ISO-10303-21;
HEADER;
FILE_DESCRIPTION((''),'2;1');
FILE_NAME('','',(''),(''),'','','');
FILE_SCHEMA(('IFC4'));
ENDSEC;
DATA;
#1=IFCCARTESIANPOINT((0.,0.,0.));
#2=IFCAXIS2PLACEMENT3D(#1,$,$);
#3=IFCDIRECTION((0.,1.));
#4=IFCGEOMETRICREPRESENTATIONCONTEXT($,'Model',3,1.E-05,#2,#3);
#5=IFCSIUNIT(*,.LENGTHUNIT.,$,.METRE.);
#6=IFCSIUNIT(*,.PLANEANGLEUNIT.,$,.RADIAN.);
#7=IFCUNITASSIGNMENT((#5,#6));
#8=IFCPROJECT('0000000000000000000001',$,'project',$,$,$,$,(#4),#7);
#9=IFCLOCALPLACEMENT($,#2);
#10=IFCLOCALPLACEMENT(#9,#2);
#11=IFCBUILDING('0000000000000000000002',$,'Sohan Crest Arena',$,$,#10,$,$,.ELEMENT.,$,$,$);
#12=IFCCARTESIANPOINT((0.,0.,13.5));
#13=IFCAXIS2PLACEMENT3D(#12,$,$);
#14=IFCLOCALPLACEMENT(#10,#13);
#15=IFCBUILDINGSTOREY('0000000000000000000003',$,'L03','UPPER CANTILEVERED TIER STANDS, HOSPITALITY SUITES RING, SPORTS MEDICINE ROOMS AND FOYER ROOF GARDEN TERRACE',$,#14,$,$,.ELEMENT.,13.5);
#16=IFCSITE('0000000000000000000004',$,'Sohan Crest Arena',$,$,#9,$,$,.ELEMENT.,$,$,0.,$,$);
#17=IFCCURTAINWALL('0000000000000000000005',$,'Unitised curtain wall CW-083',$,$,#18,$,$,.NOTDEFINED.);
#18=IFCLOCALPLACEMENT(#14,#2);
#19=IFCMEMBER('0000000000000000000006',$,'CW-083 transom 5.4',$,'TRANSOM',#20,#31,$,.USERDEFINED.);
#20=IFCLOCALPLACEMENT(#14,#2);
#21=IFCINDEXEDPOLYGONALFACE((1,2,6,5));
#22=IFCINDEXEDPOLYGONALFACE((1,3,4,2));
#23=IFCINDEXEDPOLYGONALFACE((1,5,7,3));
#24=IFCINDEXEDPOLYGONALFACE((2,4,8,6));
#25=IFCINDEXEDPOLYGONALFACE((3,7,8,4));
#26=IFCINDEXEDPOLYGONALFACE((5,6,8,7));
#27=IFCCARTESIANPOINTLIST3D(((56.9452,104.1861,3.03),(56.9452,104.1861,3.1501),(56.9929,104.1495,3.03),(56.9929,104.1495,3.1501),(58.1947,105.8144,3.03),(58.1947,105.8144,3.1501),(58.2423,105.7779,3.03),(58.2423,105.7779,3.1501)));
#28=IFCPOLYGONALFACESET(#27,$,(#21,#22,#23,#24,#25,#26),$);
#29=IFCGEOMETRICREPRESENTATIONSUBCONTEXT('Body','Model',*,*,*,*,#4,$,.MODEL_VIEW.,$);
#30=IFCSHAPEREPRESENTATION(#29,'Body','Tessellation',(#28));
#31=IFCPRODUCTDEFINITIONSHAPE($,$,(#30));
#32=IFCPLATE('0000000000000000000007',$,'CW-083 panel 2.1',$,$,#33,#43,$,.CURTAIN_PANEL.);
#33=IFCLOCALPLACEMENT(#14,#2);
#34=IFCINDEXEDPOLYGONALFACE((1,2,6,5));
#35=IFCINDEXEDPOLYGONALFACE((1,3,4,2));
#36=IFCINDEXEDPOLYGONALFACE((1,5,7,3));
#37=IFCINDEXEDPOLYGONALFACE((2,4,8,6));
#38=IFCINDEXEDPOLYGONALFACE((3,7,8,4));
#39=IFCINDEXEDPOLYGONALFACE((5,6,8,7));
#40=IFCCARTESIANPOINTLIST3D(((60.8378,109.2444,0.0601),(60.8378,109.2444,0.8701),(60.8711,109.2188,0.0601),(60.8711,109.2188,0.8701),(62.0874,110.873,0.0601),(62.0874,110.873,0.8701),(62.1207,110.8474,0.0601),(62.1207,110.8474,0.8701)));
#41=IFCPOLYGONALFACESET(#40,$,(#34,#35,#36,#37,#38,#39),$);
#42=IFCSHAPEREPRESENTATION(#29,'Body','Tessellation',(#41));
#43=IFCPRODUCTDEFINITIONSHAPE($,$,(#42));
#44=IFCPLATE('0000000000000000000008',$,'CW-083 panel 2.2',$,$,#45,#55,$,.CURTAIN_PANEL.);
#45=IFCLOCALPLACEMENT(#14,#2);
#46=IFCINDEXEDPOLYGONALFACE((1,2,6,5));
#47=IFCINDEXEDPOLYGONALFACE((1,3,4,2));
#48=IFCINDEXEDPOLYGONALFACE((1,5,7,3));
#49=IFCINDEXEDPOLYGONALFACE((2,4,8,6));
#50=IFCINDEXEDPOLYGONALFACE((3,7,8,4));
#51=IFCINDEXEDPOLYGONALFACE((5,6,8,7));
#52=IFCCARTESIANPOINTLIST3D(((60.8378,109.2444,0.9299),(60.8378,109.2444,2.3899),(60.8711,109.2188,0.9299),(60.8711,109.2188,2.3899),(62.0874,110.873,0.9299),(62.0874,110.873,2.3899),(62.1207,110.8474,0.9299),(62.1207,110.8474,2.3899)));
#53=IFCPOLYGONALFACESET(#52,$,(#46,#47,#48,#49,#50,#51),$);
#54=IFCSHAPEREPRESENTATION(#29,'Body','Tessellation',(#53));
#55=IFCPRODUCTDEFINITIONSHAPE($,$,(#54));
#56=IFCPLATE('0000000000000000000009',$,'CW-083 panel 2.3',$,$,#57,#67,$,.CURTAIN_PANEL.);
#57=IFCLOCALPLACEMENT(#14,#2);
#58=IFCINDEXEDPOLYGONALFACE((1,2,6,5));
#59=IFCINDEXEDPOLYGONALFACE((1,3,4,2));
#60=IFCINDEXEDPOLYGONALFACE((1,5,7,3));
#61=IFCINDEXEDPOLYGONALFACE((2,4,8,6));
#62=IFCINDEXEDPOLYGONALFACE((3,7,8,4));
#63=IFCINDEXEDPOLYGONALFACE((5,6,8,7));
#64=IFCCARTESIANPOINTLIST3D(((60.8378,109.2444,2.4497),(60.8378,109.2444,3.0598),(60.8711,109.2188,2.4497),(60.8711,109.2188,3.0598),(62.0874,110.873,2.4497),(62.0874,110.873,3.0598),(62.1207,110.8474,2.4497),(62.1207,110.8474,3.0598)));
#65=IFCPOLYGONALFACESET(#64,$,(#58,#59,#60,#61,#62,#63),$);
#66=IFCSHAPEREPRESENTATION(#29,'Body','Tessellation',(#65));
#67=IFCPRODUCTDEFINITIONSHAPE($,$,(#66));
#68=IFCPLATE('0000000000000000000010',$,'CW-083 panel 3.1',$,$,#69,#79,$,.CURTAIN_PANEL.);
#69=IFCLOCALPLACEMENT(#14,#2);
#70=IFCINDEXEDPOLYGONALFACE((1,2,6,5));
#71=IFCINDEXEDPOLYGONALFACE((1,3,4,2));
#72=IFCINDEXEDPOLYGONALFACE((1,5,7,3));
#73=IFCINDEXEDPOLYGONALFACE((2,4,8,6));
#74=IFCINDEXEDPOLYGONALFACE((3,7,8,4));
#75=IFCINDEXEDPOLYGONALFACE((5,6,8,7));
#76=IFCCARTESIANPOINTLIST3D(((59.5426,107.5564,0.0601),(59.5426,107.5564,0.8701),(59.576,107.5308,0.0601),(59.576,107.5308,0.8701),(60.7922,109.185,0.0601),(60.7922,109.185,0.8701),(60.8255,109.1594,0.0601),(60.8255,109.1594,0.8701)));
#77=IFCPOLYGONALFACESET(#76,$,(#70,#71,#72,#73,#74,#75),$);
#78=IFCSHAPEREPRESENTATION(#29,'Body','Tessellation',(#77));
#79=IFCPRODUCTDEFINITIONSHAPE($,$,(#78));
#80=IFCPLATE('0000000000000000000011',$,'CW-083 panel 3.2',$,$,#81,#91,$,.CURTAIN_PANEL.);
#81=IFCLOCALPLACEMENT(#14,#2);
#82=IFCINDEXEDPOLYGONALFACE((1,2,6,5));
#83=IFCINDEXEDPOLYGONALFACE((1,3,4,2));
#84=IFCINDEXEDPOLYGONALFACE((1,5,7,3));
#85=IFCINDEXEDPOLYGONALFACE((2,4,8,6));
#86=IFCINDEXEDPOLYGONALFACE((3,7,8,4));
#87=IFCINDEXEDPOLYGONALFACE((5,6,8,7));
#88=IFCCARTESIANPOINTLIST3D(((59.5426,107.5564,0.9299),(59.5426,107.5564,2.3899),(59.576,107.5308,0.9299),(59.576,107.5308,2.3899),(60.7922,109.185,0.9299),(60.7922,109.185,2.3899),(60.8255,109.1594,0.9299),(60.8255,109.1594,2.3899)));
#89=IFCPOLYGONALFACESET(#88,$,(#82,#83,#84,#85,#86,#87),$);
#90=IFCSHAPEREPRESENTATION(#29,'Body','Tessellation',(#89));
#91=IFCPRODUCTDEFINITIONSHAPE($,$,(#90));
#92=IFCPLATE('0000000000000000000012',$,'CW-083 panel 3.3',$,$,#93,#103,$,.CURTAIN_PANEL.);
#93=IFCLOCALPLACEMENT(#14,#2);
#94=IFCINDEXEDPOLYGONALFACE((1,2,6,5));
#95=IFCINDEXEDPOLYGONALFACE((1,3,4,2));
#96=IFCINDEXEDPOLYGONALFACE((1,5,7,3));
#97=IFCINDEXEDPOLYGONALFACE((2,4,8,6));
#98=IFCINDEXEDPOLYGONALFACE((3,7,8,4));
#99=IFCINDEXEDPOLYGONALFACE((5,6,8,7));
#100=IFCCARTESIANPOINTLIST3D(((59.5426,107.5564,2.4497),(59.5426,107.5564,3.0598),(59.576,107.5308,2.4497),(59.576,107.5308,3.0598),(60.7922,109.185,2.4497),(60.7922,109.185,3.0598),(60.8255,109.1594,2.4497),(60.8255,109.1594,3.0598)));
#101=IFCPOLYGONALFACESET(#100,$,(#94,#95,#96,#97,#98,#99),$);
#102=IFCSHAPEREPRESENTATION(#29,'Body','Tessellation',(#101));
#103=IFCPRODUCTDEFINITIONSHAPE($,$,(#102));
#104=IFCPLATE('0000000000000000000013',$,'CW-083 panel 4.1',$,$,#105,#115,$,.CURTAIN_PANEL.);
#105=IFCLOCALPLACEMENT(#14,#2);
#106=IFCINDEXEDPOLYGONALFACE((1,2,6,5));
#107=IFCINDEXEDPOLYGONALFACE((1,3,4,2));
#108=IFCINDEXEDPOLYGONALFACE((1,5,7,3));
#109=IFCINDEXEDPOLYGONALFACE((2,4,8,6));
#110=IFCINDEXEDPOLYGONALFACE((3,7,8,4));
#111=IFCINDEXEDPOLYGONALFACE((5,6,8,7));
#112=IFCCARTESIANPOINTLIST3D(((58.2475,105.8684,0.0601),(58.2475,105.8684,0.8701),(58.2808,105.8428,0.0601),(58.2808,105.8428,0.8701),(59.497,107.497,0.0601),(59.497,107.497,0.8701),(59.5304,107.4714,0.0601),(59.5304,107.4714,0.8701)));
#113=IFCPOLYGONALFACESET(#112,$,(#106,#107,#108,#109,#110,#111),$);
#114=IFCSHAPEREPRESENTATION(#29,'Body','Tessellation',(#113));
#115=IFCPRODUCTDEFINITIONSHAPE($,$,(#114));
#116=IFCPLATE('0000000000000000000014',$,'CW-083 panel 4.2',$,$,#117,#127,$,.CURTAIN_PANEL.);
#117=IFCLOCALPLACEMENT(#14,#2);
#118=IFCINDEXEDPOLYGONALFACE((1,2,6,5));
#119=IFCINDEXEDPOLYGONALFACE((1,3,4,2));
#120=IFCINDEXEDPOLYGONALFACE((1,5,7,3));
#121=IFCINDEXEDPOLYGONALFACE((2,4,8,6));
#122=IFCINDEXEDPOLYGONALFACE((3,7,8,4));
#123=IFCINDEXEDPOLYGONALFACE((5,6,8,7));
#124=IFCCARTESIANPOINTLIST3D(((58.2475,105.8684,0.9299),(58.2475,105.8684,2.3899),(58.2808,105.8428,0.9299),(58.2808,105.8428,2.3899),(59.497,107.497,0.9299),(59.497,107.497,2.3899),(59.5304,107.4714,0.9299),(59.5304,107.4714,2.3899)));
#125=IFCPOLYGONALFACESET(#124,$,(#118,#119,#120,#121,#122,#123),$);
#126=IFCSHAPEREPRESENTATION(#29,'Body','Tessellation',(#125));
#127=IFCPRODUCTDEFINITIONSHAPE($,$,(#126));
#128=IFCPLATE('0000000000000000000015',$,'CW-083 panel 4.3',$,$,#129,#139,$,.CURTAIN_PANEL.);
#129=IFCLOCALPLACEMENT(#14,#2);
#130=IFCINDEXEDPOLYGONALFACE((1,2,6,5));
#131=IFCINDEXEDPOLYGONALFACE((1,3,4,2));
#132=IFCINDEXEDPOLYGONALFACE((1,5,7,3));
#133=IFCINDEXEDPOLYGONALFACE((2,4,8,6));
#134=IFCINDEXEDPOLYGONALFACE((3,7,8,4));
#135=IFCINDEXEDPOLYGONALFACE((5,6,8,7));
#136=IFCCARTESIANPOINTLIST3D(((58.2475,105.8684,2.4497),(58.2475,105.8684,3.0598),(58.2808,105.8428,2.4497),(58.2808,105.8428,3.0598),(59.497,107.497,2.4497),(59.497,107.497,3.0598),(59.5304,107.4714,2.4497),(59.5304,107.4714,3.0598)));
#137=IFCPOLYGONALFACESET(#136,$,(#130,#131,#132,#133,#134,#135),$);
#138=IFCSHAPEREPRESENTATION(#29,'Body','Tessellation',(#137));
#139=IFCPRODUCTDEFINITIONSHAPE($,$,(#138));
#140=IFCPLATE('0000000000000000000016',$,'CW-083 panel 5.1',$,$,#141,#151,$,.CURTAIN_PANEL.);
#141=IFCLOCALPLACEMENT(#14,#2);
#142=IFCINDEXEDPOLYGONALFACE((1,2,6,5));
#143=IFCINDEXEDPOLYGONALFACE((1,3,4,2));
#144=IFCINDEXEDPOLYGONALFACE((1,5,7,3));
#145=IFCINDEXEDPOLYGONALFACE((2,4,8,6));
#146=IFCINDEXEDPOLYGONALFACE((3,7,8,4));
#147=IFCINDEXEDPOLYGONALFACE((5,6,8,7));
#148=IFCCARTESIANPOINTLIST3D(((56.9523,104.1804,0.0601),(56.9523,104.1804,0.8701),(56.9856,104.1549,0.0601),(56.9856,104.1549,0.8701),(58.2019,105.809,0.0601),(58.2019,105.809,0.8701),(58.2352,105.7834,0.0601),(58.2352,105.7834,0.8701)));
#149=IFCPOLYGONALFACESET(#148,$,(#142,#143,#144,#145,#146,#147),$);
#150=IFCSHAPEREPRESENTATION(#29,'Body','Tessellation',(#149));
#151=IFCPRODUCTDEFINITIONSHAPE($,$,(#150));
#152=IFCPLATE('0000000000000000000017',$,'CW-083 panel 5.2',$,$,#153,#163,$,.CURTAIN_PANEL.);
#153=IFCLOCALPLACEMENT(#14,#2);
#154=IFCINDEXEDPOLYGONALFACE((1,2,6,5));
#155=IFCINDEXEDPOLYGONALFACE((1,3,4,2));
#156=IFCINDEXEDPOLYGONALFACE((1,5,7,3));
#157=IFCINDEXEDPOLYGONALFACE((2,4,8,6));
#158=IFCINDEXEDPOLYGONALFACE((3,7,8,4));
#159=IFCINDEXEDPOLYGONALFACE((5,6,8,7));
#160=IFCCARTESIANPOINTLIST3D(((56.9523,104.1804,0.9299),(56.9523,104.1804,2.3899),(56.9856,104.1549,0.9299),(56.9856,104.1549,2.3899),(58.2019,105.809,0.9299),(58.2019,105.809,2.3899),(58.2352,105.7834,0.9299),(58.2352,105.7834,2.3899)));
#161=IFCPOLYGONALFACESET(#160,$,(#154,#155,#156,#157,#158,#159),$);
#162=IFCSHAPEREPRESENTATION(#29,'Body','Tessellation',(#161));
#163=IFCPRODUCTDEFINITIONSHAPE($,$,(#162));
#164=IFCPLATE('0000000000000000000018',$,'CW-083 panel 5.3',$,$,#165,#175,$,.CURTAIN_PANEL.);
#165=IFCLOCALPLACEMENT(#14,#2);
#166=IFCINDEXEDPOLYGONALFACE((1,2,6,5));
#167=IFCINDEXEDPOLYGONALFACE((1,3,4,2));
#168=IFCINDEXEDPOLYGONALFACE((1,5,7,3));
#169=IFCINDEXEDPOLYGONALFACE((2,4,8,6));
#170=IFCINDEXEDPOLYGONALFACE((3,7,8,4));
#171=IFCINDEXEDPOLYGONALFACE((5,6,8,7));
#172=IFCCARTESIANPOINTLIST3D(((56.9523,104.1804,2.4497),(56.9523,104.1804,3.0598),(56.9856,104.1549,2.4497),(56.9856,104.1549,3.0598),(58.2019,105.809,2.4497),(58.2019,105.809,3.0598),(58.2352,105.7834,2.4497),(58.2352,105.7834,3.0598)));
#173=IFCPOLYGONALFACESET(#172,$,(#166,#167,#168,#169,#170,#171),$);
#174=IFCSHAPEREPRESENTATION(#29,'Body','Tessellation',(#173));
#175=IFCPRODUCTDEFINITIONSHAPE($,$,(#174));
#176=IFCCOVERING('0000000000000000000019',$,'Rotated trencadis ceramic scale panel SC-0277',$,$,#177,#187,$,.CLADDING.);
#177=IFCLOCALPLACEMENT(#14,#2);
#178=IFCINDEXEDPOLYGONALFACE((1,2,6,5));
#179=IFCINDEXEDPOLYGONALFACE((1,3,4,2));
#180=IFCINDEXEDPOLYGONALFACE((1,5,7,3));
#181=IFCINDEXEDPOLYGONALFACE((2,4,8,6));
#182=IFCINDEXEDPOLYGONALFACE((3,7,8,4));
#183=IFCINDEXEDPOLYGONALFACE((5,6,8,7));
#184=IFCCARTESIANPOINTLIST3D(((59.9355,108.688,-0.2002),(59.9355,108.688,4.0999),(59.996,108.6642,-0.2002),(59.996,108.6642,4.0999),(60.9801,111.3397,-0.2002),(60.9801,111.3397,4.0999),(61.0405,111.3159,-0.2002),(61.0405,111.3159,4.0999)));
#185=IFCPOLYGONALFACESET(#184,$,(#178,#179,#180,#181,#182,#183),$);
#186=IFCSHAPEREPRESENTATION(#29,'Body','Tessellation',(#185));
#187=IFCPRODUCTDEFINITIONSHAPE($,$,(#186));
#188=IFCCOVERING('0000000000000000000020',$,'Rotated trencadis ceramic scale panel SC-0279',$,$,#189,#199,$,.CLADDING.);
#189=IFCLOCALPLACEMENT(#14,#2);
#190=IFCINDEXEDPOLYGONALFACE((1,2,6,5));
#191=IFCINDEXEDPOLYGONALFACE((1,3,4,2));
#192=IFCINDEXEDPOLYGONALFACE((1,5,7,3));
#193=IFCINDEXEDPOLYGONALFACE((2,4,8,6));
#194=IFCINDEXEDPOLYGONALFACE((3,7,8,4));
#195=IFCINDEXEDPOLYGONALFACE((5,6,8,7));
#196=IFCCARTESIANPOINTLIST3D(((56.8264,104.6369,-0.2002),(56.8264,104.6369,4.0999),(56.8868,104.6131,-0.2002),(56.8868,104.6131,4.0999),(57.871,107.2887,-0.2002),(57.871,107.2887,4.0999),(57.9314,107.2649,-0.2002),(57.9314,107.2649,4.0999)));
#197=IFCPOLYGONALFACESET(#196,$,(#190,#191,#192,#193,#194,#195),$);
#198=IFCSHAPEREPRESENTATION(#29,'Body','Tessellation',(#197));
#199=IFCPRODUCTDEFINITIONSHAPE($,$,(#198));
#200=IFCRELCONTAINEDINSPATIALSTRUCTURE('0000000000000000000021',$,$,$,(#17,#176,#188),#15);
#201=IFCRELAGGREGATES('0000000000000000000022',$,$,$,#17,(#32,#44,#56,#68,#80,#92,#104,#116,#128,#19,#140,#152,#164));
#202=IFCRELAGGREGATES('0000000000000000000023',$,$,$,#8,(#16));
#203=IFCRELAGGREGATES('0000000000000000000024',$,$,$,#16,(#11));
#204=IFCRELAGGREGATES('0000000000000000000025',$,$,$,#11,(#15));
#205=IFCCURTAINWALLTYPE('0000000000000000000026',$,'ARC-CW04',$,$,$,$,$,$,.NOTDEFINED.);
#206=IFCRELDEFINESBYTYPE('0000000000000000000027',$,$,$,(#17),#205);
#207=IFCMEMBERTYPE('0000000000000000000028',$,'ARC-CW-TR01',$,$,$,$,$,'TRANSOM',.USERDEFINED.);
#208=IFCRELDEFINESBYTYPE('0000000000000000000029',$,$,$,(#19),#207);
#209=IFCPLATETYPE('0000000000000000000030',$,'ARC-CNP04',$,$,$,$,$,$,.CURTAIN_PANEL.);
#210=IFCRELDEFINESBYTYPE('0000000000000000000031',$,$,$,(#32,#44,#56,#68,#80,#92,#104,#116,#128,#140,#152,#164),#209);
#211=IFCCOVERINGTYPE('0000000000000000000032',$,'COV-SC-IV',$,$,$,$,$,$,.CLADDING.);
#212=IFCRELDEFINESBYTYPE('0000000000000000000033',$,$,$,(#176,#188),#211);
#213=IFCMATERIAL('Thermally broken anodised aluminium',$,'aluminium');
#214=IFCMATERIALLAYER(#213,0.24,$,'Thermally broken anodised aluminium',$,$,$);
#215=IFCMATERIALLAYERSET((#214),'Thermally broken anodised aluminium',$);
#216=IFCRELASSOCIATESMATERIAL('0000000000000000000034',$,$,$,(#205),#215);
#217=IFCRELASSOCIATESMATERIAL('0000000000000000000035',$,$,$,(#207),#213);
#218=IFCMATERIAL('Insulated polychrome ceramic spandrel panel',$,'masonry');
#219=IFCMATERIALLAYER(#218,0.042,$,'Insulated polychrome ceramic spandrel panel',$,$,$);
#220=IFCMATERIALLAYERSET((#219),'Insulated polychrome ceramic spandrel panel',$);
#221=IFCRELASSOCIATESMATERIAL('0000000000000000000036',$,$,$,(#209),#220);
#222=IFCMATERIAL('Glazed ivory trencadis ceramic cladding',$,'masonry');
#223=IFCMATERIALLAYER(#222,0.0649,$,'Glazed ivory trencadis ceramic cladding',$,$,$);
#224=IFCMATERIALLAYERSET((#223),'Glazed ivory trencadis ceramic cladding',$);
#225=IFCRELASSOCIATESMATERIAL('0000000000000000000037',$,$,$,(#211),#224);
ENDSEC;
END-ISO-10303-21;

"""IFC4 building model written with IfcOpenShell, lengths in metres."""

from ifc_helpers import new_model, si_unit, direction, frame, origin, origin_2d, place, context, subcontext, project, spatial, rectangle, extrude, material, layer, layer_set, material_profile, profile_set, type_object, element, aggregate, save


model = new_model("IFC4")

# Units and contexts
model_context = context("Model", 3, precision=1e-05, world=origin(), true_north=direction((0.0, 1.0)))
body_context = subcontext(model_context, "Body", "Model", "MODEL_VIEW")
ifc_project = project(units=[si_unit("LENGTHUNIT", "METRE"), si_unit("PLANEANGLEUNIT", "RADIAN")], contexts=[model_context])

# Site, building, storey
site_placement = place(None, origin())
site = spatial("IfcSite", under=ifc_project, at=site_placement, Name="Sohan Crest Arena", CompositionType="ELEMENT", RefElevation=0.0)
building_placement = place(site_placement, origin())
building = spatial("IfcBuilding", under=site, at=building_placement, Name="Sohan Crest Arena", CompositionType="ELEMENT")
storey_placement = place(building_placement, frame((0.0, 0.0, 13.5)))
storey = spatial("IfcBuildingStorey", under=building, at=storey_placement, Name="L03", Description="UPPER CANTILEVERED TIER STANDS, HOSPITALITY SUITES RING, SPORTS MEDICINE ROOMS AND FOYER ROOF GARDEN TERRACE", CompositionType="ELEMENT", Elevation=13.5)

# Curtain wall, member, plates
ifc_material_1 = material(Name="Thermally broken anodised aluminium", Category="aluminium")
ifc_layer_1 = layer(ifc_material_1, 0.24, Name="Thermally broken anodised aluminium")
ifc_layer_set_1 = layer_set([ifc_layer_1], Name="Thermally broken anodised aluminium")
curtain_wall_type = type_object("IfcCurtainWallType", Name="ARC-CW04", PredefinedType="NOTDEFINED", material=ifc_layer_set_1)
curtain_wall_placement = place(storey_placement, origin())
curtain_wall = element("IfcCurtainWall", 1, at=curtain_wall_placement, inside=storey, type_object=curtain_wall_type, Name="Unitised curtain wall CW-083", PredefinedType="NOTDEFINED")
ifc_material_profile_1 = material_profile(ifc_material_1, rectangle(XDim=0.0601, YDim=0.1201, at=origin_2d()), Name="ALU-TRAN 60x120")
ifc_profile_set_1 = profile_set([ifc_material_profile_1], Name="Thermally broken anodised aluminium")
member_type_1 = type_object("IfcMemberType", Name="ARC-CW-TR01", ElementType="TRANSOM", PredefinedType="USERDEFINED", material=ifc_profile_set_1)
member_1_placement = place(storey_placement, frame((58.2185, 105.7961, 3.0901), z_axis=(-0.608756, -0.793357, 0.0), x_axis=(0.793357, -0.608756, 0.0)))
member_1 = element("IfcMember", 2, at=member_1_placement, type_object=member_type_1, Name="CW-083 transom 5.4", ObjectType="TRANSOM", PredefinedType="USERDEFINED", context=body_context, shape_type="SweptSolid", body=[
    extrude(rectangle(XDim=0.0601, YDim=0.1201, at=origin_2d()), origin(), (0.0, 0.0, 1.0), 2.0525),
])
ifc_material_2 = material(Name="Insulated polychrome ceramic spandrel panel", Category="masonry")
ifc_layer_2 = layer(ifc_material_2, 0.042, Name="Insulated polychrome ceramic spandrel panel")
ifc_layer_set_2 = layer_set([ifc_layer_2], Name="Insulated polychrome ceramic spandrel panel")
plate_type = type_object("IfcPlateType", Name="ARC-CNP04", PredefinedType="CURTAIN_PANEL", material=ifc_layer_set_2)
plate_1_placement = place(storey_placement, frame((61.4792, 110.0459, 0.0601), z_axis=(0.0, 0.0, 1.0), x_axis=(-0.608737, -0.793372, 0.0)))
plate_1 = element("IfcPlate", 3, at=plate_1_placement, type_object=plate_type, Name="CW-083 panel 2.1", PredefinedType="CURTAIN_PANEL", context=body_context, shape_type="SweptSolid", body=[
    extrude(rectangle(XDim=2.0527, YDim=0.042, at=origin_2d()), origin(), (0.0, 0.0, 1.0), 0.8101),
])
plate_2_placement = place(storey_placement, frame((61.4792, 110.0459, 0.9299), z_axis=(0.0, 0.0, 1.0), x_axis=(-0.608737, -0.793372, 0.0)))
plate_2 = element("IfcPlate", 4, at=plate_2_placement, type_object=plate_type, Name="CW-083 panel 2.2", PredefinedType="CURTAIN_PANEL", context=body_context, shape_type="SweptSolid", body=[
    extrude(rectangle(XDim=2.0527, YDim=0.042, at=origin_2d()), origin(), (0.0, 0.0, 1.0), 1.46),
])
plate_3_placement = place(storey_placement, frame((61.4792, 110.0459, 2.4497), z_axis=(0.0, 0.0, 1.0), x_axis=(-0.608737, -0.793372, 0.0)))
plate_3 = element("IfcPlate", 5, at=plate_3_placement, type_object=plate_type, Name="CW-083 panel 2.3", PredefinedType="CURTAIN_PANEL", context=body_context, shape_type="SweptSolid", body=[
    extrude(rectangle(XDim=2.0527, YDim=0.042, at=origin_2d()), origin(), (0.0, 0.0, 1.0), 0.6101),
])
plate_4_placement = place(storey_placement, frame((60.1841, 108.3579, 0.0601), z_axis=(0.0, 0.0, 1.0), x_axis=(-0.608737, -0.793372, 0.0)))
plate_4 = element("IfcPlate", 6, at=plate_4_placement, type_object=plate_type, Name="CW-083 panel 3.1", PredefinedType="CURTAIN_PANEL", context=body_context, shape_type="SweptSolid", body=[
    extrude(rectangle(XDim=2.0527, YDim=0.042, at=origin_2d()), origin(), (0.0, 0.0, 1.0), 0.8101),
])
plate_5_placement = place(storey_placement, frame((60.1841, 108.3579, 0.9299), z_axis=(0.0, 0.0, 1.0), x_axis=(-0.608737, -0.793372, 0.0)))
plate_5 = element("IfcPlate", 7, at=plate_5_placement, type_object=plate_type, Name="CW-083 panel 3.2", PredefinedType="CURTAIN_PANEL", context=body_context, shape_type="SweptSolid", body=[
    extrude(rectangle(XDim=2.0527, YDim=0.042, at=origin_2d()), origin(), (0.0, 0.0, 1.0), 1.46),
])
plate_6_placement = place(storey_placement, frame((60.1841, 108.3579, 2.4497), z_axis=(0.0, 0.0, 1.0), x_axis=(-0.608737, -0.793372, 0.0)))
plate_6 = element("IfcPlate", 8, at=plate_6_placement, type_object=plate_type, Name="CW-083 panel 3.3", PredefinedType="CURTAIN_PANEL", context=body_context, shape_type="SweptSolid", body=[
    extrude(rectangle(XDim=2.0527, YDim=0.042, at=origin_2d()), origin(), (0.0, 0.0, 1.0), 0.6101),
])
plate_7_placement = place(storey_placement, frame((58.8889, 106.6699, 0.0601), z_axis=(0.0, 0.0, 1.0), x_axis=(-0.608737, -0.793372, 0.0)))
plate_7 = element("IfcPlate", 9, at=plate_7_placement, type_object=plate_type, Name="CW-083 panel 4.1", PredefinedType="CURTAIN_PANEL", context=body_context, shape_type="SweptSolid", body=[
    extrude(rectangle(XDim=2.0527, YDim=0.042, at=origin_2d()), origin(), (0.0, 0.0, 1.0), 0.8101),
])
plate_8_placement = place(storey_placement, frame((58.8889, 106.6699, 0.9299), z_axis=(0.0, 0.0, 1.0), x_axis=(-0.608737, -0.793372, 0.0)))
plate_8 = element("IfcPlate", 10, at=plate_8_placement, type_object=plate_type, Name="CW-083 panel 4.2", PredefinedType="CURTAIN_PANEL", context=body_context, shape_type="SweptSolid", body=[
    extrude(rectangle(XDim=2.0527, YDim=0.042, at=origin_2d()), origin(), (0.0, 0.0, 1.0), 1.46),
])
plate_9_placement = place(storey_placement, frame((58.8889, 106.6699, 2.4497), z_axis=(0.0, 0.0, 1.0), x_axis=(-0.608737, -0.793372, 0.0)))
plate_9 = element("IfcPlate", 11, at=plate_9_placement, type_object=plate_type, Name="CW-083 panel 4.3", PredefinedType="CURTAIN_PANEL", context=body_context, shape_type="SweptSolid", body=[
    extrude(rectangle(XDim=2.0527, YDim=0.042, at=origin_2d()), origin(), (0.0, 0.0, 1.0), 0.6101),
])
plate_10_placement = place(storey_placement, frame((57.5938, 104.9819, 0.0601), z_axis=(0.0, 0.0, 1.0), x_axis=(-0.608737, -0.793372, 0.0)))
plate_10 = element("IfcPlate", 12, at=plate_10_placement, type_object=plate_type, Name="CW-083 panel 5.1", PredefinedType="CURTAIN_PANEL", context=body_context, shape_type="SweptSolid", body=[
    extrude(rectangle(XDim=2.0527, YDim=0.042, at=origin_2d()), origin(), (0.0, 0.0, 1.0), 0.8101),
])
plate_11_placement = place(storey_placement, frame((57.5938, 104.9819, 0.9299), z_axis=(0.0, 0.0, 1.0), x_axis=(-0.608737, -0.793372, 0.0)))
plate_11 = element("IfcPlate", 13, at=plate_11_placement, type_object=plate_type, Name="CW-083 panel 5.2", PredefinedType="CURTAIN_PANEL", context=body_context, shape_type="SweptSolid", body=[
    extrude(rectangle(XDim=2.0527, YDim=0.042, at=origin_2d()), origin(), (0.0, 0.0, 1.0), 1.46),
])
plate_12_placement = place(storey_placement, frame((57.5938, 104.9819, 2.4497), z_axis=(0.0, 0.0, 1.0), x_axis=(-0.608737, -0.793372, 0.0)))
plate_12 = element("IfcPlate", 14, at=plate_12_placement, type_object=plate_type, Name="CW-083 panel 5.3", PredefinedType="CURTAIN_PANEL", context=body_context, shape_type="SweptSolid", body=[
    extrude(rectangle(XDim=2.0527, YDim=0.042, at=origin_2d()), origin(), (0.0, 0.0, 1.0), 0.6101),
])
aggregate(curtain_wall, [plate_1, plate_2, plate_3, plate_4, plate_5, plate_6, plate_7, plate_8, plate_9, member_1, plate_10, plate_11, plate_12])

# Coverings
ifc_material_3 = material(Name="Glazed ivory trencadis ceramic cladding", Category="masonry")
ifc_layer_3 = layer(ifc_material_3, 0.0649, Name="Glazed ivory trencadis ceramic cladding")
ifc_layer_set_3 = layer_set([ifc_layer_3], Name="Glazed ivory trencadis ceramic cladding")
covering_type_1 = type_object("IfcCoveringType", Name="COV-SC-IV", PredefinedType="CLADDING", material=ifc_layer_set_3)
for number, where, z_axis, x_axis, name in (
    (15, (60.488, 110.002, -0.2002), (0.0, 0.0, 1.0), (-0.366501, -0.930418, 0.0), "Rotated trencadis ceramic scale panel SC-0277"),
    (16, (57.3789, 105.9509, -0.2002), (0.0, 0.0, 1.0), (-0.366501, -0.930418, 0.0), "Rotated trencadis ceramic scale panel SC-0279"),
):
    element("IfcCovering", number, at=place(storey_placement, frame(where, z_axis=z_axis, x_axis=x_axis)), inside=storey, type_object=covering_type_1, Name=name, PredefinedType="CLADDING", context=body_context, shape_type="SweptSolid", body=[
        extrude(rectangle(XDim=2.8501, YDim=0.0649, at=origin_2d()), origin(), (0.0, 0.0, 1.0), 4.3),
    ])

save(model, "model.ifc")
